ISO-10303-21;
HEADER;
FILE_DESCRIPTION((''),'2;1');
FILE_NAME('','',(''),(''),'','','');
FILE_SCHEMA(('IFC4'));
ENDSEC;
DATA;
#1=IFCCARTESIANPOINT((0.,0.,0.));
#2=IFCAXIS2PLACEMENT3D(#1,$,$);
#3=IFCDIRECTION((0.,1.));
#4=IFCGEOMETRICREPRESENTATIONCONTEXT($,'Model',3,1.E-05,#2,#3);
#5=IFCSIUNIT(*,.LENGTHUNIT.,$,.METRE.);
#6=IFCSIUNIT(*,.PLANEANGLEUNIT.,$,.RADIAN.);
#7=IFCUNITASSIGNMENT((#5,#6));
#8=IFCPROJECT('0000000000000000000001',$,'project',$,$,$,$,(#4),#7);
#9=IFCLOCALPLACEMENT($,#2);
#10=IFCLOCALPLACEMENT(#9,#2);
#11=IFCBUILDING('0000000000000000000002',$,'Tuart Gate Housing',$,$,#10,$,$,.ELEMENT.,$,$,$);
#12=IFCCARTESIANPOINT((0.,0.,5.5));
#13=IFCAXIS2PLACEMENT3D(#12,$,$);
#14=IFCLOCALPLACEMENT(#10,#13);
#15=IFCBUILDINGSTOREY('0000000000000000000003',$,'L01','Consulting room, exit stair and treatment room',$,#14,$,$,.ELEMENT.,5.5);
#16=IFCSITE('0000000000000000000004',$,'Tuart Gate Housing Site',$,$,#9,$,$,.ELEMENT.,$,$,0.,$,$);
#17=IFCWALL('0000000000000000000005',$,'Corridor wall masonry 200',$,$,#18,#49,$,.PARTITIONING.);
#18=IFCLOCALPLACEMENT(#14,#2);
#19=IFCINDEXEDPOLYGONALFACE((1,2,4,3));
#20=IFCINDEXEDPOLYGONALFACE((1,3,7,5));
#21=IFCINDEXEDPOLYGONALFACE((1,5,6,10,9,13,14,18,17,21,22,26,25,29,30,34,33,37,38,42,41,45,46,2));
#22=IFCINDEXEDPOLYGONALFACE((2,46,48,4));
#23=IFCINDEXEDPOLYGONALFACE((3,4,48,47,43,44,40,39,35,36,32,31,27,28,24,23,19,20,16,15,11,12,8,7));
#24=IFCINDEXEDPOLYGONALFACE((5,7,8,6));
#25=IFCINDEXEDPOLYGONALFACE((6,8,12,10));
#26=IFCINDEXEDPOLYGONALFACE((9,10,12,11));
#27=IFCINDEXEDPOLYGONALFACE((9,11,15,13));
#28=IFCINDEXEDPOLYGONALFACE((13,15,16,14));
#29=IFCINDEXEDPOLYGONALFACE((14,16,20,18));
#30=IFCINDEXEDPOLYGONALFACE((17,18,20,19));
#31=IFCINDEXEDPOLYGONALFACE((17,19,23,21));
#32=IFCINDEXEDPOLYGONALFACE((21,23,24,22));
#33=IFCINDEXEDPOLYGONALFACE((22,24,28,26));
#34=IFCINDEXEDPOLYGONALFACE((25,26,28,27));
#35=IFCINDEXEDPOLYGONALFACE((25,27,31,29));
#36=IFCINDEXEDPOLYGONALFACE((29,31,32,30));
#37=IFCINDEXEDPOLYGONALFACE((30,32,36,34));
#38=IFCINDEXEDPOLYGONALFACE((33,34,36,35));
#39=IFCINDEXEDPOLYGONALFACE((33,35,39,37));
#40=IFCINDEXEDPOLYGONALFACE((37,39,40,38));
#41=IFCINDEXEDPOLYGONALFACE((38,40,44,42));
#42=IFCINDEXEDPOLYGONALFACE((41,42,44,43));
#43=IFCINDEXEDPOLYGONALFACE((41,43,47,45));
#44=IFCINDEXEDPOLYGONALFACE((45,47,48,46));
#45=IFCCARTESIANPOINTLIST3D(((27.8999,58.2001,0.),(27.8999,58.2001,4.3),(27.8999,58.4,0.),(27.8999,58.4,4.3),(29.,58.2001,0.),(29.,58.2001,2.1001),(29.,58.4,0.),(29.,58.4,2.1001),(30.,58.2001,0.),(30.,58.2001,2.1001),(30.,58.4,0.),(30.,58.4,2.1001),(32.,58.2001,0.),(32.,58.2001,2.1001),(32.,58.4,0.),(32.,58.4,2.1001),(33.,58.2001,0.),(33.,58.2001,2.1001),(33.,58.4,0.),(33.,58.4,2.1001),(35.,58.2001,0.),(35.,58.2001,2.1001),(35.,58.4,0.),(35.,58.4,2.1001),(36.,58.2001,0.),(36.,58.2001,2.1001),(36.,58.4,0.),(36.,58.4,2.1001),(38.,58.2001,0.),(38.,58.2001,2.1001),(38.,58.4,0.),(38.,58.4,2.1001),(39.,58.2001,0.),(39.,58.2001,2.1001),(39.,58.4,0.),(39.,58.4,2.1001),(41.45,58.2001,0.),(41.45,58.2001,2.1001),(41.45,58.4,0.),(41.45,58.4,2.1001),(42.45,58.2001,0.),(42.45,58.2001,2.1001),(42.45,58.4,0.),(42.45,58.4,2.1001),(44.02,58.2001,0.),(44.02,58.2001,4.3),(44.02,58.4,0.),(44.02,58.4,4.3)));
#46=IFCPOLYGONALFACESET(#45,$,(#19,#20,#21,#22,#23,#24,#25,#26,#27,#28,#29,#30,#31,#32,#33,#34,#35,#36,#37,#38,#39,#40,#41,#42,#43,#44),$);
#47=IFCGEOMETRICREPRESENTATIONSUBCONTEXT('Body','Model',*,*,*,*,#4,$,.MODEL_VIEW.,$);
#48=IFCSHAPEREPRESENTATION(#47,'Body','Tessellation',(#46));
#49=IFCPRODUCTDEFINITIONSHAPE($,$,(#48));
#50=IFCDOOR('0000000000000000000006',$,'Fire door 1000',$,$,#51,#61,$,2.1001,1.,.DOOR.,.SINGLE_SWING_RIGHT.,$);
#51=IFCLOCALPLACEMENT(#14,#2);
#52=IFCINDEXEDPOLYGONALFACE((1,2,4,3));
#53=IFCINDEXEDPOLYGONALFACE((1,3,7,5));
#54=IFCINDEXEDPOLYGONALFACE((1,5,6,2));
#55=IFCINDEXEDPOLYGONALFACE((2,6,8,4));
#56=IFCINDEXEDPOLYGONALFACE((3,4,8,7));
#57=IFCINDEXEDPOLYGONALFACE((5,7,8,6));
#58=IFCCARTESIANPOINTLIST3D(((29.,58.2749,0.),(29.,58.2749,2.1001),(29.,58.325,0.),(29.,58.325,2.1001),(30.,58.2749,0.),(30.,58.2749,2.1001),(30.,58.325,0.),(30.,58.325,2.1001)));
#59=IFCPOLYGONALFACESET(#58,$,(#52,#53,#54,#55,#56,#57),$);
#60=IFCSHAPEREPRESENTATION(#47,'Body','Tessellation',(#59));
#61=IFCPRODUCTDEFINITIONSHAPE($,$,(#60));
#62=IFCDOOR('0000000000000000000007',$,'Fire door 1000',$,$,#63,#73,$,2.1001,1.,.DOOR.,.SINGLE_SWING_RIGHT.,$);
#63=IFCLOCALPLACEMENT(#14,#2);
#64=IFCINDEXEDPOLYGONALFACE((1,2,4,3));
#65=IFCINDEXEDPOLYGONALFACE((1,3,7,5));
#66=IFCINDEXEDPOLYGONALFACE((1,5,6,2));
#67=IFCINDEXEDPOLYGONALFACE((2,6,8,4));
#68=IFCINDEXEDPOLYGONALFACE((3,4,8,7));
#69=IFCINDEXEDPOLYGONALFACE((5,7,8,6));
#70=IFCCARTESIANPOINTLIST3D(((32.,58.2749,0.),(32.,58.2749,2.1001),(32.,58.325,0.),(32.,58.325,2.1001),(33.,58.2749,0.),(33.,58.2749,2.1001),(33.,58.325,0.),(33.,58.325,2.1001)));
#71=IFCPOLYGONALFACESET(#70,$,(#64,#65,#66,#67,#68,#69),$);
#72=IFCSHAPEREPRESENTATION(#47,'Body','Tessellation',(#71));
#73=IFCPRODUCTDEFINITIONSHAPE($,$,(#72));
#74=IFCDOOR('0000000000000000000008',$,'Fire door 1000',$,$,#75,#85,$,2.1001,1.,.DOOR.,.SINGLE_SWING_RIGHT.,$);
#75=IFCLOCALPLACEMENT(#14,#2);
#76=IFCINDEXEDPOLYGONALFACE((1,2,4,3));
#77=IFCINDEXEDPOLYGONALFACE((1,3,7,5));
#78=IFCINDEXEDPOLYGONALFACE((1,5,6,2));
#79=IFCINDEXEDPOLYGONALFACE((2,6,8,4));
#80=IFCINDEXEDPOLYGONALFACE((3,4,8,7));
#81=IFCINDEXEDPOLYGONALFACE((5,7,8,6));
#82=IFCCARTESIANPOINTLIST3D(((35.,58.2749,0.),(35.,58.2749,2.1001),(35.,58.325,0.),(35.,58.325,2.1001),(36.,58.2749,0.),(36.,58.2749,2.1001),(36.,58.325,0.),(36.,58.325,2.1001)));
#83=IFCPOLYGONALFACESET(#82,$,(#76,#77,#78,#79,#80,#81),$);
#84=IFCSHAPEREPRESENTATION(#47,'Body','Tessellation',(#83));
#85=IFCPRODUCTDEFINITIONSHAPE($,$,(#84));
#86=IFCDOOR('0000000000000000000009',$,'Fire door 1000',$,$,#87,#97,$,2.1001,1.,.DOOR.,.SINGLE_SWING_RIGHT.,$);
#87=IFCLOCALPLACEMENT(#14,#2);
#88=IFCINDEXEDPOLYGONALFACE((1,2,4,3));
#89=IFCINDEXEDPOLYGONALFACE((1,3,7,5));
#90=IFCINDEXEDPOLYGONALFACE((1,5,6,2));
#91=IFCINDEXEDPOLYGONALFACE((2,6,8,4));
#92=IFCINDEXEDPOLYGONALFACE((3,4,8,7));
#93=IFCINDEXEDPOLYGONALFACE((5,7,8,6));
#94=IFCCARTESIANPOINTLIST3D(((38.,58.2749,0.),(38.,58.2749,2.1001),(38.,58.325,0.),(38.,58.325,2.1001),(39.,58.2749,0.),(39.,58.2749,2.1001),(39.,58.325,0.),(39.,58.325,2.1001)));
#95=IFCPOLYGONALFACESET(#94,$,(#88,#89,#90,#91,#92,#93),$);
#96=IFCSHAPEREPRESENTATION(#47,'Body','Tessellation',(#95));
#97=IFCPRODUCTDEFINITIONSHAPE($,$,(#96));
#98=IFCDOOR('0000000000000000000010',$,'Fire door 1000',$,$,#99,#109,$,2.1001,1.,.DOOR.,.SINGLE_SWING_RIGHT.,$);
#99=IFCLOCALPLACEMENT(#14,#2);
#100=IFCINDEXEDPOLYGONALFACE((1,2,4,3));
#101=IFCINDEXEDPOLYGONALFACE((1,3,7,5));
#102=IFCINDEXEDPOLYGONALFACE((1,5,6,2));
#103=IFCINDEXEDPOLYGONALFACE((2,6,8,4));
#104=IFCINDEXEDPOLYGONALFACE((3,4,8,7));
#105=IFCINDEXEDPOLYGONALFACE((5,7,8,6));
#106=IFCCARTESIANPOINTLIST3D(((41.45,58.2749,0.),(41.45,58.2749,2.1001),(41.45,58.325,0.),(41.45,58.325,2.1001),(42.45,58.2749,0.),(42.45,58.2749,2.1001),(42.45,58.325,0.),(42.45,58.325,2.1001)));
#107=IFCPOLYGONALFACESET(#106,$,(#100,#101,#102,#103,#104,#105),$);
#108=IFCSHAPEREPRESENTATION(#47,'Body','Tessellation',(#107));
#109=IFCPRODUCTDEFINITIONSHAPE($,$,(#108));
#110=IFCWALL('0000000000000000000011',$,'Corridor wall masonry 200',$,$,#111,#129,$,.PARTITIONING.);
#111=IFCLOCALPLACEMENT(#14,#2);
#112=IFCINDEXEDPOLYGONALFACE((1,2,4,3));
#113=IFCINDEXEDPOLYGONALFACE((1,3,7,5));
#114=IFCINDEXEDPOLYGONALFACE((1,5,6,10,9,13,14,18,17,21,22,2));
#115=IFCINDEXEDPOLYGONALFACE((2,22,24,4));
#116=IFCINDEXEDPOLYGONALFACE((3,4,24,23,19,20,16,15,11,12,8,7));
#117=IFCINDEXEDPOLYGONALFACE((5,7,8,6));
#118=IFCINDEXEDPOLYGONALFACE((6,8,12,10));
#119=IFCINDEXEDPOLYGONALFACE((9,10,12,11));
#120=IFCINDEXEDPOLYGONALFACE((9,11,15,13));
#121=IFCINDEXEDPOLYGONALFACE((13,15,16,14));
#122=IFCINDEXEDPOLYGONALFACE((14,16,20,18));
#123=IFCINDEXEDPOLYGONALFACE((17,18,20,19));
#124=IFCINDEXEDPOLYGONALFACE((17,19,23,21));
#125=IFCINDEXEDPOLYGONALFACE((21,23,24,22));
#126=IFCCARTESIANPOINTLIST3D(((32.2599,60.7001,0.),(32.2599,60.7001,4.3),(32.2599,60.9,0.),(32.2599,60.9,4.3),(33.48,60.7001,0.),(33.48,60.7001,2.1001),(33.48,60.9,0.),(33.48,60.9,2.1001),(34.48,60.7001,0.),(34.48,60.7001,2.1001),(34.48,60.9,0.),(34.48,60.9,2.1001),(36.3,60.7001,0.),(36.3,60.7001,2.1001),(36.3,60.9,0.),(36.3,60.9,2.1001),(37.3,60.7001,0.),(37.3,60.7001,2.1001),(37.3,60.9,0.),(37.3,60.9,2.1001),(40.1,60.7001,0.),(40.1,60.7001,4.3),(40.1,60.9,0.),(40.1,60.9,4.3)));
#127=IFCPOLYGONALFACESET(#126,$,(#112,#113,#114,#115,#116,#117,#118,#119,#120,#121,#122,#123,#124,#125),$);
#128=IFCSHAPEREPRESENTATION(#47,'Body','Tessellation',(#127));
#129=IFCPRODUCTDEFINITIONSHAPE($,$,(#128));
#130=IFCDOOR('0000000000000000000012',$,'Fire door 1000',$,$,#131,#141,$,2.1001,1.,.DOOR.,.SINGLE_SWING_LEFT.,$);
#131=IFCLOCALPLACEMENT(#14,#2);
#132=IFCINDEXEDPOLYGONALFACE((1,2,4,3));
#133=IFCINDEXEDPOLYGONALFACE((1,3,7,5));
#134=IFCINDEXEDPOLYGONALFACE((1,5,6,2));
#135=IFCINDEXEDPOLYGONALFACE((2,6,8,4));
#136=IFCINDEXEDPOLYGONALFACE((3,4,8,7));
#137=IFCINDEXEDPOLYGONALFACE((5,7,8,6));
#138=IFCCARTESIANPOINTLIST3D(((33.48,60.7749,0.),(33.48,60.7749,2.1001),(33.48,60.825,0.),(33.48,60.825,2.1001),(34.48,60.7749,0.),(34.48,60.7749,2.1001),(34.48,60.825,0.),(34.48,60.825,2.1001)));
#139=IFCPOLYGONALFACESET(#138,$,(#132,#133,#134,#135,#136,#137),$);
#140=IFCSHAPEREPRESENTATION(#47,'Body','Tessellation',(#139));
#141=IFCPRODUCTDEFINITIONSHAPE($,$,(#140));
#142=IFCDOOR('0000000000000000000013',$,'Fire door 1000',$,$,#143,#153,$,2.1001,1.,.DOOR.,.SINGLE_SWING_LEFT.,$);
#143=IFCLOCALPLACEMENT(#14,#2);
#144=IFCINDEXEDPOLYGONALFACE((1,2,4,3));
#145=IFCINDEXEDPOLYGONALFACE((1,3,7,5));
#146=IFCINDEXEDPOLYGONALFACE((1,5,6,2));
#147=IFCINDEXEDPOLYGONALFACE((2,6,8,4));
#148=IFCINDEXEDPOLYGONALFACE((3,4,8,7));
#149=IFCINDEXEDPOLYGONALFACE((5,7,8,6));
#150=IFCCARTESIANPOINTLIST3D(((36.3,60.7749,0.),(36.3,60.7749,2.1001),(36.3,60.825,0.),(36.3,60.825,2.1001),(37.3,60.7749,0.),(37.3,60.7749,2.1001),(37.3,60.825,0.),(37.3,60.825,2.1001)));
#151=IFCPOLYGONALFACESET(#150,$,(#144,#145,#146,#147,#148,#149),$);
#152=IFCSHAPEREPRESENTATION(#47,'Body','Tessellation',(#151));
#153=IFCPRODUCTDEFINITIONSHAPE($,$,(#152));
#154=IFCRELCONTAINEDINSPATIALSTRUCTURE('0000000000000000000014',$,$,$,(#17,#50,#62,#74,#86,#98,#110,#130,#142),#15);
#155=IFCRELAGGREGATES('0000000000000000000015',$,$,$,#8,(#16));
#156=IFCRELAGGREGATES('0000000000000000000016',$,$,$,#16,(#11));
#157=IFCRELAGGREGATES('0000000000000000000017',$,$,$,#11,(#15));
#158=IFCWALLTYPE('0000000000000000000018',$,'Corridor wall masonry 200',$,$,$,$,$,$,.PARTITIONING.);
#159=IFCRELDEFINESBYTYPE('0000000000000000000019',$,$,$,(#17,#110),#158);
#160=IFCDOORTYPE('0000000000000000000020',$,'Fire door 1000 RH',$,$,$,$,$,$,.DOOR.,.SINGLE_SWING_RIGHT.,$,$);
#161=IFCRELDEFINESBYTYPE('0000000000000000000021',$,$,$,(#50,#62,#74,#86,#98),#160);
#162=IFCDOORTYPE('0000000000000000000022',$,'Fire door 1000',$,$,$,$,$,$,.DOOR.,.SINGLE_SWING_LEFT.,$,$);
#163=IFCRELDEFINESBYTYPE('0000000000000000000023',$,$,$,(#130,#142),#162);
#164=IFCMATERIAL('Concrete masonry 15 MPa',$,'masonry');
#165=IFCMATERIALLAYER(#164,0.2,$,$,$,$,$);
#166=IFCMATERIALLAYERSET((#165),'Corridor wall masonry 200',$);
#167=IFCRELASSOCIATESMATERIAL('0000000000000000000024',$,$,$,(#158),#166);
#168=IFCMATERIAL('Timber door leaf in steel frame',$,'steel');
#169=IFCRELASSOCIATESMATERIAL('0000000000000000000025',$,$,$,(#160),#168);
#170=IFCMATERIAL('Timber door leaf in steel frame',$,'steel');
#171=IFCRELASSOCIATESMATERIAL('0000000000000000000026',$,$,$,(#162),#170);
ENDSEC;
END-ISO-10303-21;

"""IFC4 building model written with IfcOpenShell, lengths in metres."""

from ifc_helpers import new_model, si_unit, direction, frame, frame_2d, origin, place, context, subcontext, project, spatial, rectangle, extrude, material, layer, layer_set, type_object, element, fill, save


model = new_model("IFC4")

# Units and contexts
model_context = context("Model", 3, precision=1e-05, world=origin(), true_north=direction((0.0, 1.0)))
body_context = subcontext(model_context, "Body", "Model", "MODEL_VIEW")
ifc_project = project(units=[si_unit("LENGTHUNIT", "METRE"), si_unit("PLANEANGLEUNIT", "RADIAN")], contexts=[model_context])

# Site, building, storey
site_placement = place(None, origin())
site = spatial("IfcSite", under=ifc_project, at=site_placement, Name="Tuart Gate Housing Site", CompositionType="ELEMENT", RefElevation=0.0)
building_placement = place(site_placement, origin())
building = spatial("IfcBuilding", under=site, at=building_placement, Name="Tuart Gate Housing", CompositionType="ELEMENT")
storey_placement = place(building_placement, frame((0.0, 0.0, 5.5)))
storey = spatial("IfcBuildingStorey", under=building, at=storey_placement, Name="L01", Description="Consulting room, exit stair and treatment room", CompositionType="ELEMENT", Elevation=5.5)

# Walls, openings, doors
ifc_material_1 = material(Name="Concrete masonry 15 MPa", Category="masonry")
ifc_layer_1 = layer(ifc_material_1, 0.2)
ifc_layer_set_1 = layer_set([ifc_layer_1], Name="Corridor wall masonry 200")
wall_type_1 = type_object("IfcWallType", Name="Corridor wall masonry 200", PredefinedType="PARTITIONING", material=ifc_layer_set_1)
wall_1_placement = place(storey_placement, frame((27.8999, 58.3, 0.0), z_axis=(0.0, 0.0, 1.0), x_axis=(1.0, 0.0, 0.0)))
wall_1 = element("IfcWall", 1, at=wall_1_placement, inside=storey, type_object=wall_type_1, Name="Corridor wall masonry 200", PredefinedType="PARTITIONING", context=body_context, shape_type="SweptSolid", body=[
    extrude(rectangle(XDim=16.1201, YDim=0.2, at=frame_2d((8.0601, 0.0))), origin(), (0.0, 0.0, 1.0), 4.3),
])
opening_1_placement = place(wall_1_placement, frame((1.1001, 0.0, 0.0)))
opening_1 = element("IfcOpeningElement", 2, at=opening_1_placement, cuts=wall_1, PredefinedType="OPENING", context=body_context, shape_type="SweptSolid", body=[
    extrude(rectangle(XDim=1.0, YDim=2.1001, at=frame_2d((0.5, 1.05))), frame((0.0, 0.1099, 0.0), z_axis=(0.0, -1.0, 0.0), x_axis=(1.0, 0.0, 0.0)), (0.0, 0.0, 1.0), 0.22),
])
opening_2_placement = place(wall_1_placement, frame((4.1001, 0.0, 0.0)))
opening_2 = element("IfcOpeningElement", 3, at=opening_2_placement, cuts=wall_1, PredefinedType="OPENING", context=body_context, shape_type="SweptSolid", body=[
    extrude(rectangle(XDim=1.0, YDim=2.1001, at=frame_2d((0.5, 1.05))), frame((0.0, 0.1099, 0.0), z_axis=(0.0, -1.0, 0.0), x_axis=(1.0, 0.0, 0.0)), (0.0, 0.0, 1.0), 0.22),
])
opening_3_placement = place(wall_1_placement, frame((7.1001, 0.0, 0.0)))
opening_3 = element("IfcOpeningElement", 4, at=opening_3_placement, cuts=wall_1, PredefinedType="OPENING", context=body_context, shape_type="SweptSolid", body=[
    extrude(rectangle(XDim=1.0, YDim=2.1001, at=frame_2d((0.5, 1.05))), frame((0.0, 0.1099, 0.0), z_axis=(0.0, -1.0, 0.0), x_axis=(1.0, 0.0, 0.0)), (0.0, 0.0, 1.0), 0.22),
])
opening_4_placement = place(wall_1_placement, frame((10.1001, 0.0, 0.0)))
opening_4 = element("IfcOpeningElement", 5, at=opening_4_placement, cuts=wall_1, PredefinedType="OPENING", context=body_context, shape_type="SweptSolid", body=[
    extrude(rectangle(XDim=1.0, YDim=2.1001, at=frame_2d((0.5, 1.05))), frame((0.0, 0.1099, 0.0), z_axis=(0.0, -1.0, 0.0), x_axis=(1.0, 0.0, 0.0)), (0.0, 0.0, 1.0), 0.22),
])
opening_5_placement = place(wall_1_placement, frame((13.55, 0.0, 0.0)))
opening_5 = element("IfcOpeningElement", 6, at=opening_5_placement, cuts=wall_1, PredefinedType="OPENING", context=body_context, shape_type="SweptSolid", body=[
    extrude(rectangle(XDim=1.0, YDim=2.1001, at=frame_2d((0.5, 1.05))), frame((0.0, 0.1099, 0.0), z_axis=(0.0, -1.0, 0.0), x_axis=(1.0, 0.0, 0.0)), (0.0, 0.0, 1.0), 0.22),
])
ifc_material_2 = material(Name="Timber door leaf in steel frame", Category="steel")
door_type_1 = type_object("IfcDoorType", Name="Fire door 1000 RH", OperationType="SINGLE_SWING_RIGHT", PredefinedType="DOOR", material=ifc_material_2)
door_1_placement = place(opening_1_placement, frame((1.0, 0.0, 0.0), z_axis=(0.0, 0.0, 1.0), x_axis=(-1.0, 0.0, 0.0)))
door_1 = element("IfcDoor", 7, at=door_1_placement, inside=storey, type_object=door_type_1, Name="Fire door 1000", OperationType="SINGLE_SWING_RIGHT", OverallHeight=2.1001, OverallWidth=1.0, PredefinedType="DOOR", context=body_context, shape_type="SweptSolid", body=[
    extrude(rectangle(XDim=1.0, YDim=2.1001, at=frame_2d((0.5, 1.05))), frame((0.0, 0.0251, 0.0), z_axis=(0.0, -1.0, 0.0), x_axis=(1.0, 0.0, 0.0)), (0.0, 0.0, 1.0), 0.05),
])
fill(opening_1, door_1)
door_2_placement = place(opening_2_placement, frame((1.0, 0.0, 0.0), z_axis=(0.0, 0.0, 1.0), x_axis=(-1.0, 0.0, 0.0)))
door_2 = element("IfcDoor", 8, at=door_2_placement, inside=storey, type_object=door_type_1, Name="Fire door 1000", OperationType="SINGLE_SWING_RIGHT", OverallHeight=2.1001, OverallWidth=1.0, PredefinedType="DOOR", context=body_context, shape_type="SweptSolid", body=[
    extrude(rectangle(XDim=1.0, YDim=2.1001, at=frame_2d((0.5, 1.05))), frame((0.0, 0.0251, 0.0), z_axis=(0.0, -1.0, 0.0), x_axis=(1.0, 0.0, 0.0)), (0.0, 0.0, 1.0), 0.05),
])
fill(opening_2, door_2)
door_3_placement = place(opening_3_placement, frame((1.0, 0.0, 0.0), z_axis=(0.0, 0.0, 1.0), x_axis=(-1.0, 0.0, 0.0)))
door_3 = element("IfcDoor", 9, at=door_3_placement, inside=storey, type_object=door_type_1, Name="Fire door 1000", OperationType="SINGLE_SWING_RIGHT", OverallHeight=2.1001, OverallWidth=1.0, PredefinedType="DOOR", context=body_context, shape_type="SweptSolid", body=[
    extrude(rectangle(XDim=1.0, YDim=2.1001, at=frame_2d((0.5, 1.05))), frame((0.0, 0.0251, 0.0), z_axis=(0.0, -1.0, 0.0), x_axis=(1.0, 0.0, 0.0)), (0.0, 0.0, 1.0), 0.05),
])
fill(opening_3, door_3)
door_4_placement = place(opening_4_placement, frame((1.0, 0.0, 0.0), z_axis=(0.0, 0.0, 1.0), x_axis=(-1.0, 0.0, 0.0)))
door_4 = element("IfcDoor", 10, at=door_4_placement, inside=storey, type_object=door_type_1, Name="Fire door 1000", OperationType="SINGLE_SWING_RIGHT", OverallHeight=2.1001, OverallWidth=1.0, PredefinedType="DOOR", context=body_context, shape_type="SweptSolid", body=[
    extrude(rectangle(XDim=1.0, YDim=2.1001, at=frame_2d((0.5, 1.05))), frame((0.0, 0.0251, 0.0), z_axis=(0.0, -1.0, 0.0), x_axis=(1.0, 0.0, 0.0)), (0.0, 0.0, 1.0), 0.05),
])
fill(opening_4, door_4)
door_5_placement = place(opening_5_placement, frame((1.0, 0.0, 0.0), z_axis=(0.0, 0.0, 1.0), x_axis=(-1.0, 0.0, 0.0)))
door_5 = element("IfcDoor", 11, at=door_5_placement, inside=storey, type_object=door_type_1, Name="Fire door 1000", OperationType="SINGLE_SWING_RIGHT", OverallHeight=2.1001, OverallWidth=1.0, PredefinedType="DOOR", context=body_context, shape_type="SweptSolid", body=[
    extrude(rectangle(XDim=1.0, YDim=2.1001, at=frame_2d((0.5, 1.05))), frame((0.0, 0.0251, 0.0), z_axis=(0.0, -1.0, 0.0), x_axis=(1.0, 0.0, 0.0)), (0.0, 0.0, 1.0), 0.05),
])
fill(opening_5, door_5)
wall_2_placement = place(storey_placement, frame((32.26, 60.8, 0.0), z_axis=(0.0, 0.0, 1.0), x_axis=(1.0, 0.0, 0.0)))
wall_2 = element("IfcWall", 12, at=wall_2_placement, inside=storey, type_object=wall_type_1, Name="Corridor wall masonry 200", PredefinedType="PARTITIONING", context=body_context, shape_type="SweptSolid", body=[
    extrude(rectangle(XDim=7.8401, YDim=0.2, at=frame_2d((3.9199, 0.0))), origin(), (0.0, 0.0, 1.0), 4.3),
])
opening_6_placement = place(wall_2_placement, frame((1.22, 0.0, 0.0)))
opening_6 = element("IfcOpeningElement", 13, at=opening_6_placement, cuts=wall_2, PredefinedType="OPENING", context=body_context, shape_type="SweptSolid", body=[
    extrude(rectangle(XDim=1.0, YDim=2.1001, at=frame_2d((0.5, 1.05))), frame((0.0, 0.1099, 0.0), z_axis=(0.0, -1.0, 0.0), x_axis=(1.0, 0.0, 0.0)), (0.0, 0.0, 1.0), 0.22),
])
opening_7_placement = place(wall_2_placement, frame((4.04, 0.0, 0.0)))
opening_7 = element("IfcOpeningElement", 14, at=opening_7_placement, cuts=wall_2, PredefinedType="OPENING", context=body_context, shape_type="SweptSolid", body=[
    extrude(rectangle(XDim=1.0, YDim=2.1001, at=frame_2d((0.5, 1.05))), frame((0.0, 0.1099, 0.0), z_axis=(0.0, -1.0, 0.0), x_axis=(1.0, 0.0, 0.0)), (0.0, 0.0, 1.0), 0.22),
])
ifc_material_3 = material(Name="Timber door leaf in steel frame", Category="steel")
door_type_2 = type_object("IfcDoorType", Name="Fire door 1000", OperationType="SINGLE_SWING_LEFT", PredefinedType="DOOR", material=ifc_material_3)
door_6_placement = place(opening_6_placement, origin())
door_6 = element("IfcDoor", 15, at=door_6_placement, inside=storey, type_object=door_type_2, Name="Fire door 1000", OperationType="SINGLE_SWING_LEFT", OverallHeight=2.1001, OverallWidth=1.0, PredefinedType="DOOR", context=body_context, shape_type="SweptSolid", body=[
    extrude(rectangle(XDim=1.0, YDim=2.1001, at=frame_2d((0.5, 1.05))), frame((0.0, 0.0249, 0.0), z_axis=(0.0, -1.0, 0.0), x_axis=(1.0, 0.0, 0.0)), (0.0, 0.0, 1.0), 0.05),
])
fill(opening_6, door_6)
door_7_placement = place(opening_7_placement, origin())
door_7 = element("IfcDoor", 16, at=door_7_placement, inside=storey, type_object=door_type_2, Name="Fire door 1000", OperationType="SINGLE_SWING_LEFT", OverallHeight=2.1001, OverallWidth=1.0, PredefinedType="DOOR", context=body_context, shape_type="SweptSolid", body=[
    extrude(rectangle(XDim=1.0, YDim=2.1001, at=frame_2d((0.5, 1.05))), frame((0.0, 0.0249, 0.0), z_axis=(0.0, -1.0, 0.0), x_axis=(1.0, 0.0, 0.0)), (0.0, 0.0, 1.0), 0.05),
])
fill(opening_7, door_7)

save(model, "model.ifc")
